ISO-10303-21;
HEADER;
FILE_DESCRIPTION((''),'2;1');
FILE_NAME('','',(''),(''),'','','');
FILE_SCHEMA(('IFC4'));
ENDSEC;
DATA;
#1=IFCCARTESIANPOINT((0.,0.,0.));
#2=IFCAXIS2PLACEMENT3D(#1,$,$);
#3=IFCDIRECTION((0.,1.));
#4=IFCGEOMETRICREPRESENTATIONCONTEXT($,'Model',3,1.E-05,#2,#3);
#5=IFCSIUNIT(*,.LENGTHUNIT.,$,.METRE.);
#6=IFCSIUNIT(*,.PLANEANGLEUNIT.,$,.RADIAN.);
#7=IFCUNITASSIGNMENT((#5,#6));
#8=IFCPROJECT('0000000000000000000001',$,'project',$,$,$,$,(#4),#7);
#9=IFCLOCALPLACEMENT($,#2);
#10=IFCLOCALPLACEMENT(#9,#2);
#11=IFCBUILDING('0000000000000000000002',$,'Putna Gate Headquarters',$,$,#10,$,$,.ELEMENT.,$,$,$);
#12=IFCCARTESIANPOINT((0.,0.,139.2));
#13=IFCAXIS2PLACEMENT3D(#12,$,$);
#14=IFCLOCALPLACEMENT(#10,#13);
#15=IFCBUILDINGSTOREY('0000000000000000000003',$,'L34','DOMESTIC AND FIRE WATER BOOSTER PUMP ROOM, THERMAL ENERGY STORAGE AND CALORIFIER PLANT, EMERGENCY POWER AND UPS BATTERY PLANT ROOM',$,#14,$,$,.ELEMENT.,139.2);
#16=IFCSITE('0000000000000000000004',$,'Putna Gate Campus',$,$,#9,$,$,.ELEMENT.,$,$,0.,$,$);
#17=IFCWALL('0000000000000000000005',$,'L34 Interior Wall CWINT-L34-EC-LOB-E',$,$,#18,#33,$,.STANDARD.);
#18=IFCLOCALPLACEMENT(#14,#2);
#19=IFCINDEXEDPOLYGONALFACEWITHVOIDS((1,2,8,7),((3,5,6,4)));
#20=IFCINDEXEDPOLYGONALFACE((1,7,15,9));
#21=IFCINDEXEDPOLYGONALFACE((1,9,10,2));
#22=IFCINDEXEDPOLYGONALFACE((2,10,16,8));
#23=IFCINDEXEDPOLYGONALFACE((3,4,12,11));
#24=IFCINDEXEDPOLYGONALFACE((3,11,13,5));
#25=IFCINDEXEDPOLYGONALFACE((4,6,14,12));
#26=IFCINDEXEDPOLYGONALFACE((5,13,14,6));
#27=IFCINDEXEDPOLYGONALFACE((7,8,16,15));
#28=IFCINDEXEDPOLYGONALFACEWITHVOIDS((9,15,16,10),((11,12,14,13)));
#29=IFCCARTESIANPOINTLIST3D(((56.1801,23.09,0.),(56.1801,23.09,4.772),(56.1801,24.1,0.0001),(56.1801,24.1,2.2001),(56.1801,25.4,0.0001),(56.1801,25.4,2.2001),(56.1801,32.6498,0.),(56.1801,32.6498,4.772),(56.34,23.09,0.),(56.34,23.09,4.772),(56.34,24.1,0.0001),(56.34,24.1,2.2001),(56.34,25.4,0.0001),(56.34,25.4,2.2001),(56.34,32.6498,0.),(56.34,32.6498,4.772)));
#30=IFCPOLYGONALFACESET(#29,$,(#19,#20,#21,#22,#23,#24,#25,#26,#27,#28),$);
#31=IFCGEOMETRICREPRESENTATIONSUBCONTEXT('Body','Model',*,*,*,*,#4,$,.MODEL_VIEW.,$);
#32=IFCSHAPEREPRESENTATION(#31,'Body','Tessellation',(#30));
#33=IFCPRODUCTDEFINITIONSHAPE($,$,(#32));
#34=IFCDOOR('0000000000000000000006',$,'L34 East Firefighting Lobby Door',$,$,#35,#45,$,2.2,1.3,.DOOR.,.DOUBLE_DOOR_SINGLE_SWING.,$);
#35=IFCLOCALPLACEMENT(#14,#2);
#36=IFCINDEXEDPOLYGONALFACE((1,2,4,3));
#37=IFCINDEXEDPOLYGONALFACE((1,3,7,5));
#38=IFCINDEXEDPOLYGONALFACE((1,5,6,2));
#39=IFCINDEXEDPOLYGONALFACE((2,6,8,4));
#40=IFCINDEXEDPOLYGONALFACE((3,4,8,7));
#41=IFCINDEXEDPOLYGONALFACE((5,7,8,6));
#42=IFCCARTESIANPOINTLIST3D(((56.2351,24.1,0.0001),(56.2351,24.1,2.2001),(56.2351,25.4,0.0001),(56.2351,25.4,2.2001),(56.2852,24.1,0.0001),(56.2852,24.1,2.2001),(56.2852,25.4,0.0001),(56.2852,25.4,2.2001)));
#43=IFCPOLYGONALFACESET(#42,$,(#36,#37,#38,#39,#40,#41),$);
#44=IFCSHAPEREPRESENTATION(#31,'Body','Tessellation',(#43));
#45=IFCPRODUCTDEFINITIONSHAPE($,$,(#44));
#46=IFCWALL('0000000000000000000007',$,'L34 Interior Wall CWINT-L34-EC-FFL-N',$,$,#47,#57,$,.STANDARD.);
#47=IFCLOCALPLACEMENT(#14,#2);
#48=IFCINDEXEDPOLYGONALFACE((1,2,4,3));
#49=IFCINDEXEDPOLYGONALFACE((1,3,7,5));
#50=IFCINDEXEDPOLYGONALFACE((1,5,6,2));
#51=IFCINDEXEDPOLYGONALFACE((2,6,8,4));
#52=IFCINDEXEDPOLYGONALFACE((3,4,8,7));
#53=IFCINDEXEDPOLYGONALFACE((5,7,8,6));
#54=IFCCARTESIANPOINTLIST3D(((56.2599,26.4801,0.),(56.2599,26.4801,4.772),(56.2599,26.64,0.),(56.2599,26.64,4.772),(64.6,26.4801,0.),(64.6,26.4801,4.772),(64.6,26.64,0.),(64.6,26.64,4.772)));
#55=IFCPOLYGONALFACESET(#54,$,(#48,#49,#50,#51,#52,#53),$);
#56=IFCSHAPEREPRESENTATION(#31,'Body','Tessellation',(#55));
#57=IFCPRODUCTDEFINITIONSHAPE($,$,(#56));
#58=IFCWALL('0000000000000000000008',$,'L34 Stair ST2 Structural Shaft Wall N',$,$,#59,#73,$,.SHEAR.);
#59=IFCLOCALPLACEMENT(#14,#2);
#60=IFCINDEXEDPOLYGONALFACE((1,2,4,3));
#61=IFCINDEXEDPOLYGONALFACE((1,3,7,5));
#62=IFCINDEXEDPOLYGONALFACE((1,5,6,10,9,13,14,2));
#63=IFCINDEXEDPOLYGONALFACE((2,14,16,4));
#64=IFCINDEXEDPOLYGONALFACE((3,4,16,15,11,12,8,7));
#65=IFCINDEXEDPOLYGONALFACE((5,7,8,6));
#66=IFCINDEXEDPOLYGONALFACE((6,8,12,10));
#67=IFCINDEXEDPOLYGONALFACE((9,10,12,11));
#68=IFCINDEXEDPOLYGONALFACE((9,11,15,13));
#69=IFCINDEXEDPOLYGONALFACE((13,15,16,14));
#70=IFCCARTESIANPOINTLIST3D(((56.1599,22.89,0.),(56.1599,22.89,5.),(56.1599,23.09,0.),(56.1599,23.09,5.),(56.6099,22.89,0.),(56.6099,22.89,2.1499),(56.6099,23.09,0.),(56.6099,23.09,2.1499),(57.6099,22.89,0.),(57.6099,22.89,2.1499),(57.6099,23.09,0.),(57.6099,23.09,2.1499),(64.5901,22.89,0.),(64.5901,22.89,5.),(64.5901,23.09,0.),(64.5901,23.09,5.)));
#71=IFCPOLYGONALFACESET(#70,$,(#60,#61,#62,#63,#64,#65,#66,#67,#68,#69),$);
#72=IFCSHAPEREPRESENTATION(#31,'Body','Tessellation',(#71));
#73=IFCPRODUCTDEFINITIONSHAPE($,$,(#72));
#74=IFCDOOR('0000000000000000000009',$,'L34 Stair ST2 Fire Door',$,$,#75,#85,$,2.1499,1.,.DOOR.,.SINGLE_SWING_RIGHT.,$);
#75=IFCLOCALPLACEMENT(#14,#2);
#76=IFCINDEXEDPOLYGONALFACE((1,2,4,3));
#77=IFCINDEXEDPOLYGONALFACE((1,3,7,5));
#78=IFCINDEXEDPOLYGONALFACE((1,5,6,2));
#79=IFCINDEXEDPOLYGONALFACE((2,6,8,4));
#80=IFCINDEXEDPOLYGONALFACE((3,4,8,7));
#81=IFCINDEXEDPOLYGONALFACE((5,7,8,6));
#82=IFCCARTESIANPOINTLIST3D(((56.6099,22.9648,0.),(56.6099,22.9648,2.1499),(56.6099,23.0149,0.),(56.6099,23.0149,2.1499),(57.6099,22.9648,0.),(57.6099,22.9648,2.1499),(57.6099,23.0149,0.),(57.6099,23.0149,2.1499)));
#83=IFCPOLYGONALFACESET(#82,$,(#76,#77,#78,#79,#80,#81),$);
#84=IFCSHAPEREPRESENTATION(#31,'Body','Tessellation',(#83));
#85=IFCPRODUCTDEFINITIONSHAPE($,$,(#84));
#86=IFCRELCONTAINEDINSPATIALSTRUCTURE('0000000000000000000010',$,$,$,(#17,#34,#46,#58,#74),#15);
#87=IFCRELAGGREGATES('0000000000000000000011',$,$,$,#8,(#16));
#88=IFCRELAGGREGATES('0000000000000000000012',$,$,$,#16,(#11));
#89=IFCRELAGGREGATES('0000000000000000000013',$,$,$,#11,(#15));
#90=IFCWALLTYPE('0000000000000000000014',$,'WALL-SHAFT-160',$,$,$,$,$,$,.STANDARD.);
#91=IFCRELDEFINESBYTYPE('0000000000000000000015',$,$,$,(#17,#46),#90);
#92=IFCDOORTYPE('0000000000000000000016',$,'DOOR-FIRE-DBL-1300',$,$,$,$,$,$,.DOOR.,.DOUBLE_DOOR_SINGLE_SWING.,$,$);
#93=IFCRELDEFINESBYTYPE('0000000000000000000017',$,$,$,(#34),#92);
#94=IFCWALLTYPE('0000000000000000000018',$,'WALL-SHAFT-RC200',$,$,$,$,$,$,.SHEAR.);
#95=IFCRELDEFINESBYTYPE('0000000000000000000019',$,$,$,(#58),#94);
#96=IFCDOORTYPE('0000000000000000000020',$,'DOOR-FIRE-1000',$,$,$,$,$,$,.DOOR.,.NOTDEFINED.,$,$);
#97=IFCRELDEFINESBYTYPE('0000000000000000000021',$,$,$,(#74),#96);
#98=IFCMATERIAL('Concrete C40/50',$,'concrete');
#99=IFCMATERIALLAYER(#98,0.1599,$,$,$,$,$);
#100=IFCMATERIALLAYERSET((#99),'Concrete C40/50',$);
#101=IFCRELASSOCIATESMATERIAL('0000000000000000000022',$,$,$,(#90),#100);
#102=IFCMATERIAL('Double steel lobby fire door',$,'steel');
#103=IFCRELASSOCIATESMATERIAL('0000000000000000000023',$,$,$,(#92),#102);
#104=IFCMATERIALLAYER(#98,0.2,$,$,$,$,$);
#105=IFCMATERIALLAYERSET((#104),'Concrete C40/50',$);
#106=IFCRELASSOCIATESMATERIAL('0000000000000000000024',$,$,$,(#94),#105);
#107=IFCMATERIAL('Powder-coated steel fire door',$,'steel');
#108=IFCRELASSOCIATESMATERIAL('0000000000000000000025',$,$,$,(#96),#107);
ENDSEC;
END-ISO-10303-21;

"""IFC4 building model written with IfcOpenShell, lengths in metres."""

from ifc_helpers import new_model, si_unit, direction, frame, frame_2d, origin, place, context, subcontext, project, spatial, rectangle, extrude, material, layer, layer_set, type_object, element, fill, save


model = new_model("IFC4")

# Units and contexts
model_context = context("Model", 3, precision=1e-05, world=origin(), true_north=direction((0.0, 1.0)))
body_context = subcontext(model_context, "Body", "Model", "MODEL_VIEW")
ifc_project = project(units=[si_unit("LENGTHUNIT", "METRE"), si_unit("PLANEANGLEUNIT", "RADIAN")], contexts=[model_context])

# Site, building, storey
site_placement = place(None, origin())
site = spatial("IfcSite", under=ifc_project, at=site_placement, Name="Putna Gate Campus", CompositionType="ELEMENT", RefElevation=0.0)
building_placement = place(site_placement, origin())
building = spatial("IfcBuilding", under=site, at=building_placement, Name="Putna Gate Headquarters", CompositionType="ELEMENT")
storey_placement = place(building_placement, frame((0.0, 0.0, 139.2)))
storey = spatial("IfcBuildingStorey", under=building, at=storey_placement, Name="L34", Description="DOMESTIC AND FIRE WATER BOOSTER PUMP ROOM, THERMAL ENERGY STORAGE AND CALORIFIER PLANT, EMERGENCY POWER AND UPS BATTERY PLANT ROOM", CompositionType="ELEMENT", Elevation=139.2)

# Wall, opening, door
ifc_material_1 = material(Name="Concrete C40/50", Category="concrete")
ifc_layer_1 = layer(ifc_material_1, 0.1599)
ifc_layer_set_1 = layer_set([ifc_layer_1], Name="Concrete C40/50")
wall_type_1 = type_object("IfcWallType", Name="WALL-SHAFT-160", PredefinedType="STANDARD", material=ifc_layer_set_1)
wall_1_placement = place(storey_placement, frame((56.26, 23.0901, 0.0), z_axis=(0.0, 0.0, 1.0), x_axis=(0.0, 1.0, 0.0)))
wall_1 = element("IfcWall", 1, at=wall_1_placement, inside=storey, type_object=wall_type_1, Name="L34 Interior Wall CWINT-L34-EC-LOB-E", PredefinedType="STANDARD", context=body_context, shape_type="SweptSolid", body=[
    extrude(rectangle(XDim=9.5598, YDim=0.1599, at=frame_2d((4.7798, 0.0))), origin(), (0.0, 0.0, 1.0), 4.772),
])
opening_1_placement = place(wall_1_placement, frame((1.01, 0.0, 0.0)))
opening_1 = element("IfcOpeningElement", 2, at=opening_1_placement, cuts=wall_1, PredefinedType="OPENING", context=body_context, shape_type="SweptSolid", body=[
    extrude(rectangle(XDim=1.3, YDim=2.2, at=frame_2d((0.6499, 1.1001))), frame((0.0, 0.0898, 0.0), z_axis=(0.0, -1.0, 0.0), x_axis=(1.0, 0.0, 0.0)), (0.0, 0.0, 1.0), 0.1799),
])
ifc_material_2 = material(Name="Double steel lobby fire door", Category="steel")
door_type_1 = type_object("IfcDoorType", Name="DOOR-FIRE-DBL-1300", OperationType="DOUBLE_DOOR_SINGLE_SWING", PredefinedType="DOOR", material=ifc_material_2)
door_1_placement = place(opening_1_placement, origin())
door_1 = element("IfcDoor", 3, at=door_1_placement, inside=storey, type_object=door_type_1, Name="L34 East Firefighting Lobby Door", OperationType="DOUBLE_DOOR_SINGLE_SWING", OverallHeight=2.2, OverallWidth=1.3, PredefinedType="DOOR", context=body_context, shape_type="SweptSolid", body=[
    extrude(rectangle(XDim=1.3, YDim=2.2, at=frame_2d((0.6499, 1.1001))), frame((0.0, 0.0249, 0.0), z_axis=(0.0, -1.0, 0.0), x_axis=(1.0, 0.0, 0.0)), (0.0, 0.0, 1.0), 0.05),
])
fill(opening_1, door_1)

# Wall
wall_2_placement = place(storey_placement, frame((56.26, 26.5601, 0.0), z_axis=(0.0, 0.0, 1.0), x_axis=(1.0, 0.0, 0.0)))
element("IfcWall", 4, at=wall_2_placement, inside=storey, type_object=wall_type_1, Name="L34 Interior Wall CWINT-L34-EC-FFL-N", PredefinedType="STANDARD", context=body_context, shape_type="SweptSolid", body=[
    extrude(rectangle(XDim=8.3401, YDim=0.1599, at=frame_2d((4.1699, 0.0))), origin(), (0.0, 0.0, 1.0), 4.772),
])

# Wall, opening, door
ifc_layer_2 = layer(ifc_material_1, 0.2)
ifc_layer_set_2 = layer_set([ifc_layer_2], Name="Concrete C40/50")
wall_type_2 = type_object("IfcWallType", Name="WALL-SHAFT-RC200", PredefinedType="SHEAR", material=ifc_layer_set_2)
wall_3_placement = place(storey_placement, frame((56.1599, 22.99, 0.0), z_axis=(0.0, 0.0, 1.0), x_axis=(1.0, 0.0, 0.0)))
wall_3 = element("IfcWall", 5, at=wall_3_placement, inside=storey, type_object=wall_type_2, Name="L34 Stair ST2 Structural Shaft Wall N", PredefinedType="SHEAR", context=body_context, shape_type="SweptSolid", body=[
    extrude(rectangle(XDim=8.4302, YDim=0.2, at=frame_2d((4.2151, 0.0))), origin(), (0.0, 0.0, 1.0), 5.0),
])
opening_2_placement = place(wall_3_placement, frame((0.45, 0.0, 0.0)))
opening_2 = element("IfcOpeningElement", 6, at=opening_2_placement, cuts=wall_3, PredefinedType="OPENING", context=body_context, shape_type="SweptSolid", body=[
    extrude(rectangle(XDim=1.0, YDim=2.1499, at=frame_2d((0.5, 1.075))), frame((0.0, 0.1099, 0.0), z_axis=(0.0, -1.0, 0.0), x_axis=(1.0, 0.0, 0.0)), (0.0, 0.0, 1.0), 0.22),
])
ifc_material_3 = material(Name="Powder-coated steel fire door", Category="steel")
door_type_2 = type_object("IfcDoorType", Name="DOOR-FIRE-1000", OperationType="NOTDEFINED", PredefinedType="DOOR", material=ifc_material_3)
door_2_placement = place(opening_2_placement, origin())
door_2 = element("IfcDoor", 7, at=door_2_placement, inside=storey, type_object=door_type_2, Name="L34 Stair ST2 Fire Door", OperationType="SINGLE_SWING_RIGHT", OverallHeight=2.1499, OverallWidth=1.0, PredefinedType="DOOR", context=body_context, shape_type="SweptSolid", body=[
    extrude(rectangle(XDim=1.0, YDim=2.1499, at=frame_2d((0.5, 1.075))), frame((0.0, 0.0249, 0.0), z_axis=(0.0, -1.0, 0.0), x_axis=(1.0, 0.0, 0.0)), (0.0, 0.0, 1.0), 0.05),
])
fill(opening_2, door_2)

save(model, "model.ifc")
